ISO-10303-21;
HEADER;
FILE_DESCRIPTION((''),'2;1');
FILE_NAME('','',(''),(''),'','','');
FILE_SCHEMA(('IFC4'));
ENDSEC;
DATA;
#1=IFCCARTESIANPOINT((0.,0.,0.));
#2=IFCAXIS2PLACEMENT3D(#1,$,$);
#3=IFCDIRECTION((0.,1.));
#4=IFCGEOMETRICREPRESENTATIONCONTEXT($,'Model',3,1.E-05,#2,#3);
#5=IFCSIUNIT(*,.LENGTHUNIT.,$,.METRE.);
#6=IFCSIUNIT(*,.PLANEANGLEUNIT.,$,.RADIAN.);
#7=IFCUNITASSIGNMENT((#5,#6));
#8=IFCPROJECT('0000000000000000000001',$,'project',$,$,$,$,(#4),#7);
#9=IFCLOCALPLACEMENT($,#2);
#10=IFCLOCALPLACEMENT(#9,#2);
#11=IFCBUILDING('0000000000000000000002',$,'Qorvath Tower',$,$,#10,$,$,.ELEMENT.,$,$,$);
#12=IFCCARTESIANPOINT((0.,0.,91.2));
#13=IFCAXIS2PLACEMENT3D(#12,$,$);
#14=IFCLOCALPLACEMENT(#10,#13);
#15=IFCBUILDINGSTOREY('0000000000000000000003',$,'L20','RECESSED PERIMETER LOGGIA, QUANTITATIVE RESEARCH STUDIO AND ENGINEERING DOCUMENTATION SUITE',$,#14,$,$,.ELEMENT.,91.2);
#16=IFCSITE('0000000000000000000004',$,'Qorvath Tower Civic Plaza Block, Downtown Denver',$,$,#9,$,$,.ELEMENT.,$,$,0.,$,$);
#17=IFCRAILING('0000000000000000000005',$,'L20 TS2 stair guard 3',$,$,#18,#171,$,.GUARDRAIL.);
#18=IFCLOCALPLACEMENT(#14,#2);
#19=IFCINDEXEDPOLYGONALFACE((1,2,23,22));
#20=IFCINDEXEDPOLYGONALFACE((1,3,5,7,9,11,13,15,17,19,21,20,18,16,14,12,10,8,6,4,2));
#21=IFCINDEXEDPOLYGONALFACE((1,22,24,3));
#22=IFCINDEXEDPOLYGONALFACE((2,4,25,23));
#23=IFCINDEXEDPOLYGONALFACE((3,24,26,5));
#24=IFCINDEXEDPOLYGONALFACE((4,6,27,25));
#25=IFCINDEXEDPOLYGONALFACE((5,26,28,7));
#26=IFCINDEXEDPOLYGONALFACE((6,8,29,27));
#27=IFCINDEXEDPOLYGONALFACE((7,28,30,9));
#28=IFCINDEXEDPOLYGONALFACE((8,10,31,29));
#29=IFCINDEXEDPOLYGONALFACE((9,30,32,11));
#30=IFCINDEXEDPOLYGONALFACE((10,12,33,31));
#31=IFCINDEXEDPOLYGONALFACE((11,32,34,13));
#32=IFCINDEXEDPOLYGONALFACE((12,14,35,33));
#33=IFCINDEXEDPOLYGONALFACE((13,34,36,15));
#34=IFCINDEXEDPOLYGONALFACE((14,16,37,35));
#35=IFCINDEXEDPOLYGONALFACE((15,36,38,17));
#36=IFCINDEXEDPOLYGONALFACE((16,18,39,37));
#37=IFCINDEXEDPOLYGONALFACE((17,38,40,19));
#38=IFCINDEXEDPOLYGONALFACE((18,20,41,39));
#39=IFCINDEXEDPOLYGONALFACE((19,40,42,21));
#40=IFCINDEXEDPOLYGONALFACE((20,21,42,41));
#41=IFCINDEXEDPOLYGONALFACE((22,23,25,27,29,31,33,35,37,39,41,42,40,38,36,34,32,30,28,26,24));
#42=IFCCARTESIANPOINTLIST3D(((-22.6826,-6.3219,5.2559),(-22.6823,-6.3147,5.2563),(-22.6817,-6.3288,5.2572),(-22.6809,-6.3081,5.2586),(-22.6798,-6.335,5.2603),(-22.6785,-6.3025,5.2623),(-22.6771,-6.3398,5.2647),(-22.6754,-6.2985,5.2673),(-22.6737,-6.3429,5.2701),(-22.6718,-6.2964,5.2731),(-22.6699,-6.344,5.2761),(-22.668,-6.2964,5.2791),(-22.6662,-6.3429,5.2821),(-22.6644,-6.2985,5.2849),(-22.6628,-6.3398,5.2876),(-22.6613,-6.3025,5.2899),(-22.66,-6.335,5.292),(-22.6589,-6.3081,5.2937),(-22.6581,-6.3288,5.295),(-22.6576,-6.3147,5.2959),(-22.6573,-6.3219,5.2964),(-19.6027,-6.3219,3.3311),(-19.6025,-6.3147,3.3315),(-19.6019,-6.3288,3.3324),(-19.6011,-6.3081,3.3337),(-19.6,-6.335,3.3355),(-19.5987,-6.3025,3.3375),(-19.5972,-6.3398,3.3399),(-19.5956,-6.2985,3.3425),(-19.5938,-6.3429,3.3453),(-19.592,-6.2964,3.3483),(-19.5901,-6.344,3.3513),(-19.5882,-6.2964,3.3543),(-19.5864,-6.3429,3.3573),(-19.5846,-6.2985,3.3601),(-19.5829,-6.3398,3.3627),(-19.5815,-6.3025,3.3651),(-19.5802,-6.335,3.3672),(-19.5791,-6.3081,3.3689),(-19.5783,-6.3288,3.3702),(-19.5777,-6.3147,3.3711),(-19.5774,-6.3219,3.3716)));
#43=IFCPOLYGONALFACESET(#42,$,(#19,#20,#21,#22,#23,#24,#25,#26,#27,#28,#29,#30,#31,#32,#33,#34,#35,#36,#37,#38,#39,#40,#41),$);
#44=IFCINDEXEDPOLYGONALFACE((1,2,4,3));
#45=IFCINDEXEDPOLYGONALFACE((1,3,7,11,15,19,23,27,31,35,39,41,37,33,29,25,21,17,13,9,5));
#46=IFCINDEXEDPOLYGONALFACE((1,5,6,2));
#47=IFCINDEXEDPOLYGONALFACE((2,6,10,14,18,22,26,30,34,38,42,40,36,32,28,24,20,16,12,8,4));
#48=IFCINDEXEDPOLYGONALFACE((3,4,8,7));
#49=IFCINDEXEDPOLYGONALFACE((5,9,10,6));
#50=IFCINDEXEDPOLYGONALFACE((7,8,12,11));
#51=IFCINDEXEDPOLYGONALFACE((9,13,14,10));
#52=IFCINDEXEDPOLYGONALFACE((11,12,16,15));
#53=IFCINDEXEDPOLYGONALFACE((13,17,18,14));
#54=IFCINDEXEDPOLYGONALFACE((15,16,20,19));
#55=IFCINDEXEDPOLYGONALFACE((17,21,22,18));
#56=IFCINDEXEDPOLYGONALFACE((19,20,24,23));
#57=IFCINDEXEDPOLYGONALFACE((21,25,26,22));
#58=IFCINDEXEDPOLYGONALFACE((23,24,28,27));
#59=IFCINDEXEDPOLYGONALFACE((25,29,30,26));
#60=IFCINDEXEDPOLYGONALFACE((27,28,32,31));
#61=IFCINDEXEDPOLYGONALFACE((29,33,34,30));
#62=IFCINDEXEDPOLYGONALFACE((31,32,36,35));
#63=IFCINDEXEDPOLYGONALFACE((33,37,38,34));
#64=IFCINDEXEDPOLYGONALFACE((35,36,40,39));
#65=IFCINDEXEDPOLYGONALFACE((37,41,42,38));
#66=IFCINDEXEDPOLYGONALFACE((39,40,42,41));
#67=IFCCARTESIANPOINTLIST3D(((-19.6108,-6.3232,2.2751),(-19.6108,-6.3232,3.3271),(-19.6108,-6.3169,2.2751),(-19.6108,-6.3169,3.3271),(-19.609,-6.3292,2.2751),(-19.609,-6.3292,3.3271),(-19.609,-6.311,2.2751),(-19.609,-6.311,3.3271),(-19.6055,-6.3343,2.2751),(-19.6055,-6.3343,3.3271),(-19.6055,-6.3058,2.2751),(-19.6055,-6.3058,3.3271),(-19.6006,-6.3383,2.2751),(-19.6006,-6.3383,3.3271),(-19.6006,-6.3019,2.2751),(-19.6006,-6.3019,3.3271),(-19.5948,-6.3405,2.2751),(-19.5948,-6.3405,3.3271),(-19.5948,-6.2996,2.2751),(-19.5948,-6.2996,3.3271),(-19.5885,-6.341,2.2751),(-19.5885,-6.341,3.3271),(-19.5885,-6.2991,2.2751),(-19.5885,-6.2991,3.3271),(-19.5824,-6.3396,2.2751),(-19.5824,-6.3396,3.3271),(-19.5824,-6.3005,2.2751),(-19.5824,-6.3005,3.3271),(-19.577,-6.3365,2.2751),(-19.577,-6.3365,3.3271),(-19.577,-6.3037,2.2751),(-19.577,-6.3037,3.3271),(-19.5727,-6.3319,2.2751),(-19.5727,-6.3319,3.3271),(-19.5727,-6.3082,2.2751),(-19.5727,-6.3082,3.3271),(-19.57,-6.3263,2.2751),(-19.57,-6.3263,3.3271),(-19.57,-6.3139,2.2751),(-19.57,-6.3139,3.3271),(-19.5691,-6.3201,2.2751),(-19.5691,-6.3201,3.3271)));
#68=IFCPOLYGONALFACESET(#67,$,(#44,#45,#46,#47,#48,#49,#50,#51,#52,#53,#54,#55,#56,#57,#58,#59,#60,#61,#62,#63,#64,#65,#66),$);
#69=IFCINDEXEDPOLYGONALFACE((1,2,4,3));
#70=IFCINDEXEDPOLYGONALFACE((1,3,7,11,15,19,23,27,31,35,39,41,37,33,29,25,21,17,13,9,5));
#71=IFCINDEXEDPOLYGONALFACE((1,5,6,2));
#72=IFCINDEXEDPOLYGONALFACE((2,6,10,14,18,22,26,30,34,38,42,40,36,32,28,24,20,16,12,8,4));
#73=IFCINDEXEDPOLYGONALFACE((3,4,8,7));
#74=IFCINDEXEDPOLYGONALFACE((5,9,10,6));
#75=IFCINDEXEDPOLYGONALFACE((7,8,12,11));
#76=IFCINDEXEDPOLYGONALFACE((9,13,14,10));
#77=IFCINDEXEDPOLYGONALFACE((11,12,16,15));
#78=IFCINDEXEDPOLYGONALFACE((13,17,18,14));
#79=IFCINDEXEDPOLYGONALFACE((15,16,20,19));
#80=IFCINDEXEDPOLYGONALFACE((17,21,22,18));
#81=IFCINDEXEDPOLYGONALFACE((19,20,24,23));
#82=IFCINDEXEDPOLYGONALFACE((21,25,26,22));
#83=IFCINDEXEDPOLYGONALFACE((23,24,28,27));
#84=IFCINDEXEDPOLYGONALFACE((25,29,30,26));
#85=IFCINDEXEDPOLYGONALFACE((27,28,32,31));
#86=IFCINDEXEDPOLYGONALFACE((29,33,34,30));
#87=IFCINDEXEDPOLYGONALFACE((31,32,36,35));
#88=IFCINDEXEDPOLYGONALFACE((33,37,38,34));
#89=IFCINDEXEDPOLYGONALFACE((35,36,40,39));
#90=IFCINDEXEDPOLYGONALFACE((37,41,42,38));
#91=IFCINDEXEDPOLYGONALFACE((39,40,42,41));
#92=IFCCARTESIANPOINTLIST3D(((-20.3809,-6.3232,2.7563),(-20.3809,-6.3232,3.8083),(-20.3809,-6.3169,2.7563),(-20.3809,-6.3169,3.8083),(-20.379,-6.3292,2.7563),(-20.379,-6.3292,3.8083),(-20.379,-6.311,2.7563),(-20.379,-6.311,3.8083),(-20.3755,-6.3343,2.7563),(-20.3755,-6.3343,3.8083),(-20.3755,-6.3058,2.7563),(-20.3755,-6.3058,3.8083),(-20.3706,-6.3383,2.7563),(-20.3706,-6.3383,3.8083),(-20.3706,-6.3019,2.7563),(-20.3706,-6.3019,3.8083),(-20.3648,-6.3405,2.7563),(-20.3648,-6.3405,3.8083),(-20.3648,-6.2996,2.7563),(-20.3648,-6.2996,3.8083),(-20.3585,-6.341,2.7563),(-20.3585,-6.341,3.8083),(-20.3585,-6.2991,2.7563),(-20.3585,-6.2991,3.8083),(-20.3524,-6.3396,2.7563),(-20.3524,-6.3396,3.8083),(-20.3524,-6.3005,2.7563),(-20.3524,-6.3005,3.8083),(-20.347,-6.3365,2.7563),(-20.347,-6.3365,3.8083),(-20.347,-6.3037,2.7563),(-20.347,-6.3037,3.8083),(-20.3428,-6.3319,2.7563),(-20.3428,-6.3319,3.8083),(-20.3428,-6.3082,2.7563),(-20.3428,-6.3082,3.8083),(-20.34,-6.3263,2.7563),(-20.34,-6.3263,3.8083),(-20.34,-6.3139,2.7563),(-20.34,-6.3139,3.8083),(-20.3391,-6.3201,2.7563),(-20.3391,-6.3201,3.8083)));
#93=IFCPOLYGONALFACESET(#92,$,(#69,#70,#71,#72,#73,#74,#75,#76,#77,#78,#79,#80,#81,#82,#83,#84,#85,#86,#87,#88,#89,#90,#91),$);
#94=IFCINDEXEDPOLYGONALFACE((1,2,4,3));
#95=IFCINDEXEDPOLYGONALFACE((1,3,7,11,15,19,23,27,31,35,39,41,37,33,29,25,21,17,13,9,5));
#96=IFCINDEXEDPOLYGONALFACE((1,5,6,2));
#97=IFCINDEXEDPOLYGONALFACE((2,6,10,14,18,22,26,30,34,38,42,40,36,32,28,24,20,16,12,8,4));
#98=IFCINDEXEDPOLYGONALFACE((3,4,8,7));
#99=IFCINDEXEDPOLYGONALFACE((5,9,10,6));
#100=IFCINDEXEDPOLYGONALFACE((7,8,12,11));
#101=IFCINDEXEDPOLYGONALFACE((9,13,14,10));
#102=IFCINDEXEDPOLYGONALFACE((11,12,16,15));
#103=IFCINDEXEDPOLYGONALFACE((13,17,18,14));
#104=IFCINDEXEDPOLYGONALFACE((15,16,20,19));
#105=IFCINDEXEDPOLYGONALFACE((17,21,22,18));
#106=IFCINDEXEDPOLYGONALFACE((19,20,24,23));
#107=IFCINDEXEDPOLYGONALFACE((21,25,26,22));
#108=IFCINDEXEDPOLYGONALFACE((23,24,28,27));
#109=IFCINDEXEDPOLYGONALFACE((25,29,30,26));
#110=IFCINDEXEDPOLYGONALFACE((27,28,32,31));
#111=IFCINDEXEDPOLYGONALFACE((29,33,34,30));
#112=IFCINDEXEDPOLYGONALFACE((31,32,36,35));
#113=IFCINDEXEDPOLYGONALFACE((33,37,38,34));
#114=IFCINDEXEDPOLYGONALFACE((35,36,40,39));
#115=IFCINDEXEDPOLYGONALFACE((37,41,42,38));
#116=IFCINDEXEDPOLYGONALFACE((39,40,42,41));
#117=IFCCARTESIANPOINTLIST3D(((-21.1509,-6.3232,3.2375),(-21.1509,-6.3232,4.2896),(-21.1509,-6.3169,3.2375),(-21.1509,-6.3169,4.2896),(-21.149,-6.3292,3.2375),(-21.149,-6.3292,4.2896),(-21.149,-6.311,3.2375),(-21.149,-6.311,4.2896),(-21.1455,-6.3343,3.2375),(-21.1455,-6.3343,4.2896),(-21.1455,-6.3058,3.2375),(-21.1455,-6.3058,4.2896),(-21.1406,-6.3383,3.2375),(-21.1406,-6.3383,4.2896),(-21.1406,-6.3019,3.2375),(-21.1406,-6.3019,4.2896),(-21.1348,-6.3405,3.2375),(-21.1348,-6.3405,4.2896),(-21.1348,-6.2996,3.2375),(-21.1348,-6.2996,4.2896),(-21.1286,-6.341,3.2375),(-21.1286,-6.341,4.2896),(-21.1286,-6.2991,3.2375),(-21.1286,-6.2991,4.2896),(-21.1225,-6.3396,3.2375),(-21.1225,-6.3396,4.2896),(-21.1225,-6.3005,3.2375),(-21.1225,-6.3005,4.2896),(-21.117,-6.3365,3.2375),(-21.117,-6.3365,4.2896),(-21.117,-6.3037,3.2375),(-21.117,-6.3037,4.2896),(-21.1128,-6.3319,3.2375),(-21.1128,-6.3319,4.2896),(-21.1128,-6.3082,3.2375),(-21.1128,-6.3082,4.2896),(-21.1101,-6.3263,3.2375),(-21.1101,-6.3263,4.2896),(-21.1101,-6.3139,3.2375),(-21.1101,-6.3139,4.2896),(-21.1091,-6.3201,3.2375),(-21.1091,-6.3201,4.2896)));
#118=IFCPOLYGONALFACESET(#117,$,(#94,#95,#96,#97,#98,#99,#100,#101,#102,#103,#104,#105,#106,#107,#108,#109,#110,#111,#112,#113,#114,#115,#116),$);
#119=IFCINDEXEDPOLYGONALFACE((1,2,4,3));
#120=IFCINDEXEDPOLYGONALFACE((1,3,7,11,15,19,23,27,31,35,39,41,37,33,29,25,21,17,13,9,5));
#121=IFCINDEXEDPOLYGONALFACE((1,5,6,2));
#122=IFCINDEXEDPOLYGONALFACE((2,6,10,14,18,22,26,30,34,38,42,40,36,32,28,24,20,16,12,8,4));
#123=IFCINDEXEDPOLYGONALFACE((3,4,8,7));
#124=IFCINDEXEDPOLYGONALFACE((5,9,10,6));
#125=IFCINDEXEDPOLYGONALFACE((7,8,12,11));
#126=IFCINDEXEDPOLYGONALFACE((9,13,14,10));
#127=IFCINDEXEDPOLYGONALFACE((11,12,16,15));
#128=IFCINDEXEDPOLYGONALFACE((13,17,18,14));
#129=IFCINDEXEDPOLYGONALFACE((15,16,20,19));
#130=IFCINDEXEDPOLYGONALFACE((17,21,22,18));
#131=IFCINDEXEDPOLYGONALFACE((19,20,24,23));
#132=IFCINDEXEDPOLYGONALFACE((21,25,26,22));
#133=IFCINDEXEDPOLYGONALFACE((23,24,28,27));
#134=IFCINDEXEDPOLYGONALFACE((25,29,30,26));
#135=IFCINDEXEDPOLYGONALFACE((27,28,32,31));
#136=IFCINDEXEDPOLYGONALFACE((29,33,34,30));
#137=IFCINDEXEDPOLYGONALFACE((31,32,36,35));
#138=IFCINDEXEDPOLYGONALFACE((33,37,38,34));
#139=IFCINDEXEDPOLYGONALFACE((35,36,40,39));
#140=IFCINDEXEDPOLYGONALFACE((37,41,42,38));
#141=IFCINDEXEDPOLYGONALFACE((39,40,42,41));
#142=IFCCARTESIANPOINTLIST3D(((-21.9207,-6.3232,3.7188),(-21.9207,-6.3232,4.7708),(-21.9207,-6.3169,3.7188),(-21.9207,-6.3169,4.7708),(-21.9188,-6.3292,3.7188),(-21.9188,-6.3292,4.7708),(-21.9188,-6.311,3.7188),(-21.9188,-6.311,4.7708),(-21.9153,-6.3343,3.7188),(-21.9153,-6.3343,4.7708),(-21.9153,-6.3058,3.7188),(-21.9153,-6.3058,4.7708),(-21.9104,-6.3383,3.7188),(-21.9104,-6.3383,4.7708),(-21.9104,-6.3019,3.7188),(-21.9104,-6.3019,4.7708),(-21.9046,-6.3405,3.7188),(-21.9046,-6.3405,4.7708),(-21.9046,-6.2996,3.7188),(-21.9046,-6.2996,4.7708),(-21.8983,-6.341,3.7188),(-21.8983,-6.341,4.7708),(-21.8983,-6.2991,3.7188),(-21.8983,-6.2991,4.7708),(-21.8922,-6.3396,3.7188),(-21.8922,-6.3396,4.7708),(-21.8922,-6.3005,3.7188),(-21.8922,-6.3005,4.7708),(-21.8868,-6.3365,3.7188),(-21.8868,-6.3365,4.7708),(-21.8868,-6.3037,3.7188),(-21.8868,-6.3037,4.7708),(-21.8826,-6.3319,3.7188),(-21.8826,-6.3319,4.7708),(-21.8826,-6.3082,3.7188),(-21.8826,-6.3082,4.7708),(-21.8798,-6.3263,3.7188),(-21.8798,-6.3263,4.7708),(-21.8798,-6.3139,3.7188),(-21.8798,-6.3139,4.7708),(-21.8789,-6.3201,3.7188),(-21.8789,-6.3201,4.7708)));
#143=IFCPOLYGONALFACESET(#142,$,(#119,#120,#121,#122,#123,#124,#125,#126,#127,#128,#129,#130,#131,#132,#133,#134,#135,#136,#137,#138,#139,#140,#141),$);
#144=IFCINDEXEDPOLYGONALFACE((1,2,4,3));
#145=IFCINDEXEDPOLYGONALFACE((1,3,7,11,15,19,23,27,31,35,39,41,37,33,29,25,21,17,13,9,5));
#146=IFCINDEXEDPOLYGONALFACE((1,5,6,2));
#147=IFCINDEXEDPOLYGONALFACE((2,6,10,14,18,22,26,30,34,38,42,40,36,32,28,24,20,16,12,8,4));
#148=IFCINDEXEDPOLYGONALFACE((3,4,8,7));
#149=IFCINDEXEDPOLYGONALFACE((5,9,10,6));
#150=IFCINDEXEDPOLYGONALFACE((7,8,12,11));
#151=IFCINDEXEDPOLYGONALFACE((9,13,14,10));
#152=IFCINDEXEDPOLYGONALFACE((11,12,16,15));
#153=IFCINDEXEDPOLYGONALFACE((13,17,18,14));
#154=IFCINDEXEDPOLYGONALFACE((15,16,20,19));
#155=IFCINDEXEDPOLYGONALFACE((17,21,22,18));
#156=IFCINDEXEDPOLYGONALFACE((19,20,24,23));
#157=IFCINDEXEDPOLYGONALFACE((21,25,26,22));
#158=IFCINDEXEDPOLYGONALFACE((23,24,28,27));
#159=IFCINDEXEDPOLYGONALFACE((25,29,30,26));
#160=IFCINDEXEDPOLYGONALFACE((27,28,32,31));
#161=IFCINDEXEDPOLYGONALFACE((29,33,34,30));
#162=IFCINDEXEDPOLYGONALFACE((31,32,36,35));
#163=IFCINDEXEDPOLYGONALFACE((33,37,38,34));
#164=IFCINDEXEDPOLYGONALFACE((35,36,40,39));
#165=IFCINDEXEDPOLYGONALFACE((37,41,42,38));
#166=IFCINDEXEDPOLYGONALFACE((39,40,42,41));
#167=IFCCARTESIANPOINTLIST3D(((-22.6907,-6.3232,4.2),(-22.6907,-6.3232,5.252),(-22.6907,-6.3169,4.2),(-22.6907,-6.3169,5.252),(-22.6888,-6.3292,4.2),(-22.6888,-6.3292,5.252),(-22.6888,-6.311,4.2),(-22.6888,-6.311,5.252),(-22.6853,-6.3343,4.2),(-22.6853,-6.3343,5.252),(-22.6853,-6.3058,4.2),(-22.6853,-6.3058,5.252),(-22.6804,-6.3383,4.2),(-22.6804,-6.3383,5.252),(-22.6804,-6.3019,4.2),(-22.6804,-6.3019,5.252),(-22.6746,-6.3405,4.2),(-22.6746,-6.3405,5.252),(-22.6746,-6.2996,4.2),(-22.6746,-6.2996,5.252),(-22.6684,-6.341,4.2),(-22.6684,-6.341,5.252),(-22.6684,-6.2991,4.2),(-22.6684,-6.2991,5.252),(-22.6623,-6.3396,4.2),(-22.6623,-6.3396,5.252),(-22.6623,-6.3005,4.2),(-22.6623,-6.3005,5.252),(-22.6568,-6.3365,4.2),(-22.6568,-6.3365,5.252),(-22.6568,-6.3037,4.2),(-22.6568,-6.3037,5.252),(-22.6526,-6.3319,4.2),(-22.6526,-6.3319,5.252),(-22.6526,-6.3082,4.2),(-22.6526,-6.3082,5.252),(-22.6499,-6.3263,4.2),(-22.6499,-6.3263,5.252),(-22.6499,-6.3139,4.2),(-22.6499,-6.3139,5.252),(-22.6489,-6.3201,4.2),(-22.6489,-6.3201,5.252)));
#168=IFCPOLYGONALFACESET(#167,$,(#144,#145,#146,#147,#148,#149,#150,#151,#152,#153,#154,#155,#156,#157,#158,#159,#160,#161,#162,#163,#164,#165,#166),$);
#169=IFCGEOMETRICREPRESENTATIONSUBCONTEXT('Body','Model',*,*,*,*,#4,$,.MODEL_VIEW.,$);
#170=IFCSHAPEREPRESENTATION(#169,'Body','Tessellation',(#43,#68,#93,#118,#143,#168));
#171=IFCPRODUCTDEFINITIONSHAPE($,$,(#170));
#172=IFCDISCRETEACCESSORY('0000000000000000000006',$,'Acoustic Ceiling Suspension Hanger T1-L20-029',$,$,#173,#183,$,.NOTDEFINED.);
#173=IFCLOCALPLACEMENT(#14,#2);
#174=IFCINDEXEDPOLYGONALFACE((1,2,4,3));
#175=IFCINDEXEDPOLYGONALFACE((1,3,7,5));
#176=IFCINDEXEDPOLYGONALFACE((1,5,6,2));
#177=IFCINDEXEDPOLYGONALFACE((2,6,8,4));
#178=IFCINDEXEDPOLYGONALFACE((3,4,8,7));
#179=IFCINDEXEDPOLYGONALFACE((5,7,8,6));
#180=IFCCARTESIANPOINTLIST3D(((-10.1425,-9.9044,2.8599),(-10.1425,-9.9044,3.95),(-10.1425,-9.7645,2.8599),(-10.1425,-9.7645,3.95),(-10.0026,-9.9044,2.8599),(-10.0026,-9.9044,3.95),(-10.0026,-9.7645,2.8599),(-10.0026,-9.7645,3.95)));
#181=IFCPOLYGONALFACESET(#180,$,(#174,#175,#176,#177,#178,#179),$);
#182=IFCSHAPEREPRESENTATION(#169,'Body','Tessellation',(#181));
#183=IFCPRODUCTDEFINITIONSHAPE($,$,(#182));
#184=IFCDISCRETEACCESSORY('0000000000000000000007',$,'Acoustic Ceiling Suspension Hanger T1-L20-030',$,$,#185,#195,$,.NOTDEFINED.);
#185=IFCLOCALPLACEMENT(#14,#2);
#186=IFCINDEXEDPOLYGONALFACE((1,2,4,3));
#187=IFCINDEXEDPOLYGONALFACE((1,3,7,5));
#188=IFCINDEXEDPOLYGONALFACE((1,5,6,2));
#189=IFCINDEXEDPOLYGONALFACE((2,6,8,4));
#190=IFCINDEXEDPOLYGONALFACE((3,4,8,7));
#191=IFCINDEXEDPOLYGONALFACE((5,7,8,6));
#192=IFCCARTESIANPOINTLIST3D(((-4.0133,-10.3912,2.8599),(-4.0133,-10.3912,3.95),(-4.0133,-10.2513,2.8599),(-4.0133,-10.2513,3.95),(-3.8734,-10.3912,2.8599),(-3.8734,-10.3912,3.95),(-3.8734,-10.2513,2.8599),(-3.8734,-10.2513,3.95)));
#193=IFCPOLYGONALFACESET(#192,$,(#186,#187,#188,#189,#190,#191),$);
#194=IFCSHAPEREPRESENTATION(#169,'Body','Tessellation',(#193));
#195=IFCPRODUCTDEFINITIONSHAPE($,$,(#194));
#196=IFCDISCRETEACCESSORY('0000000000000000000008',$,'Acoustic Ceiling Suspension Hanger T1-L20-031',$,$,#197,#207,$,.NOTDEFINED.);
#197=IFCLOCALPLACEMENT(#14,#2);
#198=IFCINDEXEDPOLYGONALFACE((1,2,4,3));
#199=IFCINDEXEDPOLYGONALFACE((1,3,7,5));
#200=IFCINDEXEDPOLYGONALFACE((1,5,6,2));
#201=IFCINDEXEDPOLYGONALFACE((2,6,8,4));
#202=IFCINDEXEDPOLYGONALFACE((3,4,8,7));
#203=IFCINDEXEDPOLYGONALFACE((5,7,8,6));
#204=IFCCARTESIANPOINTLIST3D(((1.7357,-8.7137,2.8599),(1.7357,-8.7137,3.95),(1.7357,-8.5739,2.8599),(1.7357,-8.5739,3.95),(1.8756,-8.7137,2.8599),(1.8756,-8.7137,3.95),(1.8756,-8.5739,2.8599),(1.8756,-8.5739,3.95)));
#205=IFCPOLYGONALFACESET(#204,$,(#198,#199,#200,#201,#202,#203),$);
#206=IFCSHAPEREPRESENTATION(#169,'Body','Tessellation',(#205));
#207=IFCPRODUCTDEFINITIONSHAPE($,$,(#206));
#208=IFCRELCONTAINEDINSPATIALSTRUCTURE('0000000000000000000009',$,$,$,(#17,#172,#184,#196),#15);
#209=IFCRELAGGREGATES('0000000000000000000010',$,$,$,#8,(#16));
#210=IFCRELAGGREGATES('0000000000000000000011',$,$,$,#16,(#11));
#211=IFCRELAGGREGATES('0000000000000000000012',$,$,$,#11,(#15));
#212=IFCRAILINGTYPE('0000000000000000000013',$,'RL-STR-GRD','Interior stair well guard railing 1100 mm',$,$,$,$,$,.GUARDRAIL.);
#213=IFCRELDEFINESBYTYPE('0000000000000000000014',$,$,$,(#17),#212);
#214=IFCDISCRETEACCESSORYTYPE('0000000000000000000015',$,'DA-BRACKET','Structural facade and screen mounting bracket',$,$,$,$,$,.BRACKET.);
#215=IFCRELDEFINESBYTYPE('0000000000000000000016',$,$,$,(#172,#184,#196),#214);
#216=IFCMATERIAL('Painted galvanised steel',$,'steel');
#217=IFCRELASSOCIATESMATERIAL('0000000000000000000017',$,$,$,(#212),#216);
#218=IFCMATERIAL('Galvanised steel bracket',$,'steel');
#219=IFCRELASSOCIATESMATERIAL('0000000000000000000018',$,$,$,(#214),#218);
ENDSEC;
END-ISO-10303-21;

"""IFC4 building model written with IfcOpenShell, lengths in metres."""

from ifc_helpers import new_model, si_unit, direction, frame, origin, origin_2d, place, context, subcontext, project, spatial, rectangle, circle, extrude, material, type_object, element, save


model = new_model("IFC4")

# Units and contexts
model_context = context("Model", 3, precision=1e-05, world=origin(), true_north=direction((0.0, 1.0)))
body_context = subcontext(model_context, "Body", "Model", "MODEL_VIEW")
ifc_project = project(units=[si_unit("LENGTHUNIT", "METRE"), si_unit("PLANEANGLEUNIT", "RADIAN")], contexts=[model_context])

# Site, building, storey
site_placement = place(None, origin())
site = spatial("IfcSite", under=ifc_project, at=site_placement, Name="Qorvath Tower Civic Plaza Block, Downtown Denver", CompositionType="ELEMENT", RefElevation=0.0)
building_placement = place(site_placement, origin())
building = spatial("IfcBuilding", under=site, at=building_placement, Name="Qorvath Tower", CompositionType="ELEMENT")
storey_placement = place(building_placement, frame((0.0, 0.0, 91.2)))
storey = spatial("IfcBuildingStorey", under=building, at=storey_placement, Name="L20", Description="RECESSED PERIMETER LOGGIA, QUANTITATIVE RESEARCH STUDIO AND ENGINEERING DOCUMENTATION SUITE", CompositionType="ELEMENT", Elevation=91.2)

# Railing
ifc_material_1 = material(Name="Painted galvanised steel", Category="steel")
railing_type_1 = type_object("IfcRailingType", Name="RL-STR-GRD", Description="Interior stair well guard railing 1100 mm", PredefinedType="GUARDRAIL", material=ifc_material_1)
railing_1_placement = place(storey_placement, frame((-19.5901, -6.3201, 2.2751)))
element("IfcRailing", 1, at=railing_1_placement, inside=storey, type_object=railing_type_1, Name="L20 TS2 stair guard 3", PredefinedType="GUARDRAIL", context=body_context, shape_type="SweptSolid", body=[
    extrude(circle(Radius=0.0239, at=origin_2d()), frame((0.0, 0.0, 1.0762), z_axis=(-0.84801, 0.0, 0.529981), x_axis=(0.0, -1.0, 0.0)), (0.0, 0.0, 1.0), 3.6318),
    extrude(circle(Radius=0.021, at=origin_2d()), origin(), (0.0, 0.0, 1.0), 1.052),
    extrude(circle(Radius=0.021, at=origin_2d()), frame((-0.77, 0.0, 0.4812)), (0.0, 0.0, 1.0), 1.052),
    extrude(circle(Radius=0.021, at=origin_2d()), frame((-1.54, 0.0, 0.9624)), (0.0, 0.0, 1.0), 1.052),
    extrude(circle(Radius=0.021, at=origin_2d()), frame((-2.3098, 0.0, 1.4436)), (0.0, 0.0, 1.0), 1.052),
    extrude(circle(Radius=0.021, at=origin_2d()), frame((-3.0798, 0.0, 1.9248)), (0.0, 0.0, 1.0), 1.052),
])

# Discrete accessories
ifc_material_2 = material(Name="Galvanised steel bracket", Category="steel")
discrete_accessory_type = type_object("IfcDiscreteAccessoryType", Name="DA-BRACKET", Description="Structural facade and screen mounting bracket", PredefinedType="BRACKET", material=ifc_material_2)
for number, where, z_axis, x_axis, name in (
    (2, (-10.0725, -9.8345, 2.8599), (0.0, 0.0, 1.0), (1.0, 0.0, 0.0), "Acoustic Ceiling Suspension Hanger T1-L20-029"),
    (3, (-3.9434, -10.3213, 2.8599), (0.0, 0.0, 1.0), (1.0, 0.0, 0.0), "Acoustic Ceiling Suspension Hanger T1-L20-030"),
    (4, (1.8057, -8.6438, 2.8599), (0.0, 0.0, 1.0), (1.0, 0.0, 0.0), "Acoustic Ceiling Suspension Hanger T1-L20-031"),
):
    element("IfcDiscreteAccessory", number, at=place(storey_placement, frame(where, z_axis=z_axis, x_axis=x_axis)), inside=storey, type_object=discrete_accessory_type, Name=name, PredefinedType="NOTDEFINED", context=body_context, shape_type="SweptSolid", body=[
        extrude(rectangle(XDim=0.1399, YDim=0.1399, at=origin_2d()), origin(), (0.0, 0.0, 1.0), 1.0901),
    ])

save(model, "model.ifc")
